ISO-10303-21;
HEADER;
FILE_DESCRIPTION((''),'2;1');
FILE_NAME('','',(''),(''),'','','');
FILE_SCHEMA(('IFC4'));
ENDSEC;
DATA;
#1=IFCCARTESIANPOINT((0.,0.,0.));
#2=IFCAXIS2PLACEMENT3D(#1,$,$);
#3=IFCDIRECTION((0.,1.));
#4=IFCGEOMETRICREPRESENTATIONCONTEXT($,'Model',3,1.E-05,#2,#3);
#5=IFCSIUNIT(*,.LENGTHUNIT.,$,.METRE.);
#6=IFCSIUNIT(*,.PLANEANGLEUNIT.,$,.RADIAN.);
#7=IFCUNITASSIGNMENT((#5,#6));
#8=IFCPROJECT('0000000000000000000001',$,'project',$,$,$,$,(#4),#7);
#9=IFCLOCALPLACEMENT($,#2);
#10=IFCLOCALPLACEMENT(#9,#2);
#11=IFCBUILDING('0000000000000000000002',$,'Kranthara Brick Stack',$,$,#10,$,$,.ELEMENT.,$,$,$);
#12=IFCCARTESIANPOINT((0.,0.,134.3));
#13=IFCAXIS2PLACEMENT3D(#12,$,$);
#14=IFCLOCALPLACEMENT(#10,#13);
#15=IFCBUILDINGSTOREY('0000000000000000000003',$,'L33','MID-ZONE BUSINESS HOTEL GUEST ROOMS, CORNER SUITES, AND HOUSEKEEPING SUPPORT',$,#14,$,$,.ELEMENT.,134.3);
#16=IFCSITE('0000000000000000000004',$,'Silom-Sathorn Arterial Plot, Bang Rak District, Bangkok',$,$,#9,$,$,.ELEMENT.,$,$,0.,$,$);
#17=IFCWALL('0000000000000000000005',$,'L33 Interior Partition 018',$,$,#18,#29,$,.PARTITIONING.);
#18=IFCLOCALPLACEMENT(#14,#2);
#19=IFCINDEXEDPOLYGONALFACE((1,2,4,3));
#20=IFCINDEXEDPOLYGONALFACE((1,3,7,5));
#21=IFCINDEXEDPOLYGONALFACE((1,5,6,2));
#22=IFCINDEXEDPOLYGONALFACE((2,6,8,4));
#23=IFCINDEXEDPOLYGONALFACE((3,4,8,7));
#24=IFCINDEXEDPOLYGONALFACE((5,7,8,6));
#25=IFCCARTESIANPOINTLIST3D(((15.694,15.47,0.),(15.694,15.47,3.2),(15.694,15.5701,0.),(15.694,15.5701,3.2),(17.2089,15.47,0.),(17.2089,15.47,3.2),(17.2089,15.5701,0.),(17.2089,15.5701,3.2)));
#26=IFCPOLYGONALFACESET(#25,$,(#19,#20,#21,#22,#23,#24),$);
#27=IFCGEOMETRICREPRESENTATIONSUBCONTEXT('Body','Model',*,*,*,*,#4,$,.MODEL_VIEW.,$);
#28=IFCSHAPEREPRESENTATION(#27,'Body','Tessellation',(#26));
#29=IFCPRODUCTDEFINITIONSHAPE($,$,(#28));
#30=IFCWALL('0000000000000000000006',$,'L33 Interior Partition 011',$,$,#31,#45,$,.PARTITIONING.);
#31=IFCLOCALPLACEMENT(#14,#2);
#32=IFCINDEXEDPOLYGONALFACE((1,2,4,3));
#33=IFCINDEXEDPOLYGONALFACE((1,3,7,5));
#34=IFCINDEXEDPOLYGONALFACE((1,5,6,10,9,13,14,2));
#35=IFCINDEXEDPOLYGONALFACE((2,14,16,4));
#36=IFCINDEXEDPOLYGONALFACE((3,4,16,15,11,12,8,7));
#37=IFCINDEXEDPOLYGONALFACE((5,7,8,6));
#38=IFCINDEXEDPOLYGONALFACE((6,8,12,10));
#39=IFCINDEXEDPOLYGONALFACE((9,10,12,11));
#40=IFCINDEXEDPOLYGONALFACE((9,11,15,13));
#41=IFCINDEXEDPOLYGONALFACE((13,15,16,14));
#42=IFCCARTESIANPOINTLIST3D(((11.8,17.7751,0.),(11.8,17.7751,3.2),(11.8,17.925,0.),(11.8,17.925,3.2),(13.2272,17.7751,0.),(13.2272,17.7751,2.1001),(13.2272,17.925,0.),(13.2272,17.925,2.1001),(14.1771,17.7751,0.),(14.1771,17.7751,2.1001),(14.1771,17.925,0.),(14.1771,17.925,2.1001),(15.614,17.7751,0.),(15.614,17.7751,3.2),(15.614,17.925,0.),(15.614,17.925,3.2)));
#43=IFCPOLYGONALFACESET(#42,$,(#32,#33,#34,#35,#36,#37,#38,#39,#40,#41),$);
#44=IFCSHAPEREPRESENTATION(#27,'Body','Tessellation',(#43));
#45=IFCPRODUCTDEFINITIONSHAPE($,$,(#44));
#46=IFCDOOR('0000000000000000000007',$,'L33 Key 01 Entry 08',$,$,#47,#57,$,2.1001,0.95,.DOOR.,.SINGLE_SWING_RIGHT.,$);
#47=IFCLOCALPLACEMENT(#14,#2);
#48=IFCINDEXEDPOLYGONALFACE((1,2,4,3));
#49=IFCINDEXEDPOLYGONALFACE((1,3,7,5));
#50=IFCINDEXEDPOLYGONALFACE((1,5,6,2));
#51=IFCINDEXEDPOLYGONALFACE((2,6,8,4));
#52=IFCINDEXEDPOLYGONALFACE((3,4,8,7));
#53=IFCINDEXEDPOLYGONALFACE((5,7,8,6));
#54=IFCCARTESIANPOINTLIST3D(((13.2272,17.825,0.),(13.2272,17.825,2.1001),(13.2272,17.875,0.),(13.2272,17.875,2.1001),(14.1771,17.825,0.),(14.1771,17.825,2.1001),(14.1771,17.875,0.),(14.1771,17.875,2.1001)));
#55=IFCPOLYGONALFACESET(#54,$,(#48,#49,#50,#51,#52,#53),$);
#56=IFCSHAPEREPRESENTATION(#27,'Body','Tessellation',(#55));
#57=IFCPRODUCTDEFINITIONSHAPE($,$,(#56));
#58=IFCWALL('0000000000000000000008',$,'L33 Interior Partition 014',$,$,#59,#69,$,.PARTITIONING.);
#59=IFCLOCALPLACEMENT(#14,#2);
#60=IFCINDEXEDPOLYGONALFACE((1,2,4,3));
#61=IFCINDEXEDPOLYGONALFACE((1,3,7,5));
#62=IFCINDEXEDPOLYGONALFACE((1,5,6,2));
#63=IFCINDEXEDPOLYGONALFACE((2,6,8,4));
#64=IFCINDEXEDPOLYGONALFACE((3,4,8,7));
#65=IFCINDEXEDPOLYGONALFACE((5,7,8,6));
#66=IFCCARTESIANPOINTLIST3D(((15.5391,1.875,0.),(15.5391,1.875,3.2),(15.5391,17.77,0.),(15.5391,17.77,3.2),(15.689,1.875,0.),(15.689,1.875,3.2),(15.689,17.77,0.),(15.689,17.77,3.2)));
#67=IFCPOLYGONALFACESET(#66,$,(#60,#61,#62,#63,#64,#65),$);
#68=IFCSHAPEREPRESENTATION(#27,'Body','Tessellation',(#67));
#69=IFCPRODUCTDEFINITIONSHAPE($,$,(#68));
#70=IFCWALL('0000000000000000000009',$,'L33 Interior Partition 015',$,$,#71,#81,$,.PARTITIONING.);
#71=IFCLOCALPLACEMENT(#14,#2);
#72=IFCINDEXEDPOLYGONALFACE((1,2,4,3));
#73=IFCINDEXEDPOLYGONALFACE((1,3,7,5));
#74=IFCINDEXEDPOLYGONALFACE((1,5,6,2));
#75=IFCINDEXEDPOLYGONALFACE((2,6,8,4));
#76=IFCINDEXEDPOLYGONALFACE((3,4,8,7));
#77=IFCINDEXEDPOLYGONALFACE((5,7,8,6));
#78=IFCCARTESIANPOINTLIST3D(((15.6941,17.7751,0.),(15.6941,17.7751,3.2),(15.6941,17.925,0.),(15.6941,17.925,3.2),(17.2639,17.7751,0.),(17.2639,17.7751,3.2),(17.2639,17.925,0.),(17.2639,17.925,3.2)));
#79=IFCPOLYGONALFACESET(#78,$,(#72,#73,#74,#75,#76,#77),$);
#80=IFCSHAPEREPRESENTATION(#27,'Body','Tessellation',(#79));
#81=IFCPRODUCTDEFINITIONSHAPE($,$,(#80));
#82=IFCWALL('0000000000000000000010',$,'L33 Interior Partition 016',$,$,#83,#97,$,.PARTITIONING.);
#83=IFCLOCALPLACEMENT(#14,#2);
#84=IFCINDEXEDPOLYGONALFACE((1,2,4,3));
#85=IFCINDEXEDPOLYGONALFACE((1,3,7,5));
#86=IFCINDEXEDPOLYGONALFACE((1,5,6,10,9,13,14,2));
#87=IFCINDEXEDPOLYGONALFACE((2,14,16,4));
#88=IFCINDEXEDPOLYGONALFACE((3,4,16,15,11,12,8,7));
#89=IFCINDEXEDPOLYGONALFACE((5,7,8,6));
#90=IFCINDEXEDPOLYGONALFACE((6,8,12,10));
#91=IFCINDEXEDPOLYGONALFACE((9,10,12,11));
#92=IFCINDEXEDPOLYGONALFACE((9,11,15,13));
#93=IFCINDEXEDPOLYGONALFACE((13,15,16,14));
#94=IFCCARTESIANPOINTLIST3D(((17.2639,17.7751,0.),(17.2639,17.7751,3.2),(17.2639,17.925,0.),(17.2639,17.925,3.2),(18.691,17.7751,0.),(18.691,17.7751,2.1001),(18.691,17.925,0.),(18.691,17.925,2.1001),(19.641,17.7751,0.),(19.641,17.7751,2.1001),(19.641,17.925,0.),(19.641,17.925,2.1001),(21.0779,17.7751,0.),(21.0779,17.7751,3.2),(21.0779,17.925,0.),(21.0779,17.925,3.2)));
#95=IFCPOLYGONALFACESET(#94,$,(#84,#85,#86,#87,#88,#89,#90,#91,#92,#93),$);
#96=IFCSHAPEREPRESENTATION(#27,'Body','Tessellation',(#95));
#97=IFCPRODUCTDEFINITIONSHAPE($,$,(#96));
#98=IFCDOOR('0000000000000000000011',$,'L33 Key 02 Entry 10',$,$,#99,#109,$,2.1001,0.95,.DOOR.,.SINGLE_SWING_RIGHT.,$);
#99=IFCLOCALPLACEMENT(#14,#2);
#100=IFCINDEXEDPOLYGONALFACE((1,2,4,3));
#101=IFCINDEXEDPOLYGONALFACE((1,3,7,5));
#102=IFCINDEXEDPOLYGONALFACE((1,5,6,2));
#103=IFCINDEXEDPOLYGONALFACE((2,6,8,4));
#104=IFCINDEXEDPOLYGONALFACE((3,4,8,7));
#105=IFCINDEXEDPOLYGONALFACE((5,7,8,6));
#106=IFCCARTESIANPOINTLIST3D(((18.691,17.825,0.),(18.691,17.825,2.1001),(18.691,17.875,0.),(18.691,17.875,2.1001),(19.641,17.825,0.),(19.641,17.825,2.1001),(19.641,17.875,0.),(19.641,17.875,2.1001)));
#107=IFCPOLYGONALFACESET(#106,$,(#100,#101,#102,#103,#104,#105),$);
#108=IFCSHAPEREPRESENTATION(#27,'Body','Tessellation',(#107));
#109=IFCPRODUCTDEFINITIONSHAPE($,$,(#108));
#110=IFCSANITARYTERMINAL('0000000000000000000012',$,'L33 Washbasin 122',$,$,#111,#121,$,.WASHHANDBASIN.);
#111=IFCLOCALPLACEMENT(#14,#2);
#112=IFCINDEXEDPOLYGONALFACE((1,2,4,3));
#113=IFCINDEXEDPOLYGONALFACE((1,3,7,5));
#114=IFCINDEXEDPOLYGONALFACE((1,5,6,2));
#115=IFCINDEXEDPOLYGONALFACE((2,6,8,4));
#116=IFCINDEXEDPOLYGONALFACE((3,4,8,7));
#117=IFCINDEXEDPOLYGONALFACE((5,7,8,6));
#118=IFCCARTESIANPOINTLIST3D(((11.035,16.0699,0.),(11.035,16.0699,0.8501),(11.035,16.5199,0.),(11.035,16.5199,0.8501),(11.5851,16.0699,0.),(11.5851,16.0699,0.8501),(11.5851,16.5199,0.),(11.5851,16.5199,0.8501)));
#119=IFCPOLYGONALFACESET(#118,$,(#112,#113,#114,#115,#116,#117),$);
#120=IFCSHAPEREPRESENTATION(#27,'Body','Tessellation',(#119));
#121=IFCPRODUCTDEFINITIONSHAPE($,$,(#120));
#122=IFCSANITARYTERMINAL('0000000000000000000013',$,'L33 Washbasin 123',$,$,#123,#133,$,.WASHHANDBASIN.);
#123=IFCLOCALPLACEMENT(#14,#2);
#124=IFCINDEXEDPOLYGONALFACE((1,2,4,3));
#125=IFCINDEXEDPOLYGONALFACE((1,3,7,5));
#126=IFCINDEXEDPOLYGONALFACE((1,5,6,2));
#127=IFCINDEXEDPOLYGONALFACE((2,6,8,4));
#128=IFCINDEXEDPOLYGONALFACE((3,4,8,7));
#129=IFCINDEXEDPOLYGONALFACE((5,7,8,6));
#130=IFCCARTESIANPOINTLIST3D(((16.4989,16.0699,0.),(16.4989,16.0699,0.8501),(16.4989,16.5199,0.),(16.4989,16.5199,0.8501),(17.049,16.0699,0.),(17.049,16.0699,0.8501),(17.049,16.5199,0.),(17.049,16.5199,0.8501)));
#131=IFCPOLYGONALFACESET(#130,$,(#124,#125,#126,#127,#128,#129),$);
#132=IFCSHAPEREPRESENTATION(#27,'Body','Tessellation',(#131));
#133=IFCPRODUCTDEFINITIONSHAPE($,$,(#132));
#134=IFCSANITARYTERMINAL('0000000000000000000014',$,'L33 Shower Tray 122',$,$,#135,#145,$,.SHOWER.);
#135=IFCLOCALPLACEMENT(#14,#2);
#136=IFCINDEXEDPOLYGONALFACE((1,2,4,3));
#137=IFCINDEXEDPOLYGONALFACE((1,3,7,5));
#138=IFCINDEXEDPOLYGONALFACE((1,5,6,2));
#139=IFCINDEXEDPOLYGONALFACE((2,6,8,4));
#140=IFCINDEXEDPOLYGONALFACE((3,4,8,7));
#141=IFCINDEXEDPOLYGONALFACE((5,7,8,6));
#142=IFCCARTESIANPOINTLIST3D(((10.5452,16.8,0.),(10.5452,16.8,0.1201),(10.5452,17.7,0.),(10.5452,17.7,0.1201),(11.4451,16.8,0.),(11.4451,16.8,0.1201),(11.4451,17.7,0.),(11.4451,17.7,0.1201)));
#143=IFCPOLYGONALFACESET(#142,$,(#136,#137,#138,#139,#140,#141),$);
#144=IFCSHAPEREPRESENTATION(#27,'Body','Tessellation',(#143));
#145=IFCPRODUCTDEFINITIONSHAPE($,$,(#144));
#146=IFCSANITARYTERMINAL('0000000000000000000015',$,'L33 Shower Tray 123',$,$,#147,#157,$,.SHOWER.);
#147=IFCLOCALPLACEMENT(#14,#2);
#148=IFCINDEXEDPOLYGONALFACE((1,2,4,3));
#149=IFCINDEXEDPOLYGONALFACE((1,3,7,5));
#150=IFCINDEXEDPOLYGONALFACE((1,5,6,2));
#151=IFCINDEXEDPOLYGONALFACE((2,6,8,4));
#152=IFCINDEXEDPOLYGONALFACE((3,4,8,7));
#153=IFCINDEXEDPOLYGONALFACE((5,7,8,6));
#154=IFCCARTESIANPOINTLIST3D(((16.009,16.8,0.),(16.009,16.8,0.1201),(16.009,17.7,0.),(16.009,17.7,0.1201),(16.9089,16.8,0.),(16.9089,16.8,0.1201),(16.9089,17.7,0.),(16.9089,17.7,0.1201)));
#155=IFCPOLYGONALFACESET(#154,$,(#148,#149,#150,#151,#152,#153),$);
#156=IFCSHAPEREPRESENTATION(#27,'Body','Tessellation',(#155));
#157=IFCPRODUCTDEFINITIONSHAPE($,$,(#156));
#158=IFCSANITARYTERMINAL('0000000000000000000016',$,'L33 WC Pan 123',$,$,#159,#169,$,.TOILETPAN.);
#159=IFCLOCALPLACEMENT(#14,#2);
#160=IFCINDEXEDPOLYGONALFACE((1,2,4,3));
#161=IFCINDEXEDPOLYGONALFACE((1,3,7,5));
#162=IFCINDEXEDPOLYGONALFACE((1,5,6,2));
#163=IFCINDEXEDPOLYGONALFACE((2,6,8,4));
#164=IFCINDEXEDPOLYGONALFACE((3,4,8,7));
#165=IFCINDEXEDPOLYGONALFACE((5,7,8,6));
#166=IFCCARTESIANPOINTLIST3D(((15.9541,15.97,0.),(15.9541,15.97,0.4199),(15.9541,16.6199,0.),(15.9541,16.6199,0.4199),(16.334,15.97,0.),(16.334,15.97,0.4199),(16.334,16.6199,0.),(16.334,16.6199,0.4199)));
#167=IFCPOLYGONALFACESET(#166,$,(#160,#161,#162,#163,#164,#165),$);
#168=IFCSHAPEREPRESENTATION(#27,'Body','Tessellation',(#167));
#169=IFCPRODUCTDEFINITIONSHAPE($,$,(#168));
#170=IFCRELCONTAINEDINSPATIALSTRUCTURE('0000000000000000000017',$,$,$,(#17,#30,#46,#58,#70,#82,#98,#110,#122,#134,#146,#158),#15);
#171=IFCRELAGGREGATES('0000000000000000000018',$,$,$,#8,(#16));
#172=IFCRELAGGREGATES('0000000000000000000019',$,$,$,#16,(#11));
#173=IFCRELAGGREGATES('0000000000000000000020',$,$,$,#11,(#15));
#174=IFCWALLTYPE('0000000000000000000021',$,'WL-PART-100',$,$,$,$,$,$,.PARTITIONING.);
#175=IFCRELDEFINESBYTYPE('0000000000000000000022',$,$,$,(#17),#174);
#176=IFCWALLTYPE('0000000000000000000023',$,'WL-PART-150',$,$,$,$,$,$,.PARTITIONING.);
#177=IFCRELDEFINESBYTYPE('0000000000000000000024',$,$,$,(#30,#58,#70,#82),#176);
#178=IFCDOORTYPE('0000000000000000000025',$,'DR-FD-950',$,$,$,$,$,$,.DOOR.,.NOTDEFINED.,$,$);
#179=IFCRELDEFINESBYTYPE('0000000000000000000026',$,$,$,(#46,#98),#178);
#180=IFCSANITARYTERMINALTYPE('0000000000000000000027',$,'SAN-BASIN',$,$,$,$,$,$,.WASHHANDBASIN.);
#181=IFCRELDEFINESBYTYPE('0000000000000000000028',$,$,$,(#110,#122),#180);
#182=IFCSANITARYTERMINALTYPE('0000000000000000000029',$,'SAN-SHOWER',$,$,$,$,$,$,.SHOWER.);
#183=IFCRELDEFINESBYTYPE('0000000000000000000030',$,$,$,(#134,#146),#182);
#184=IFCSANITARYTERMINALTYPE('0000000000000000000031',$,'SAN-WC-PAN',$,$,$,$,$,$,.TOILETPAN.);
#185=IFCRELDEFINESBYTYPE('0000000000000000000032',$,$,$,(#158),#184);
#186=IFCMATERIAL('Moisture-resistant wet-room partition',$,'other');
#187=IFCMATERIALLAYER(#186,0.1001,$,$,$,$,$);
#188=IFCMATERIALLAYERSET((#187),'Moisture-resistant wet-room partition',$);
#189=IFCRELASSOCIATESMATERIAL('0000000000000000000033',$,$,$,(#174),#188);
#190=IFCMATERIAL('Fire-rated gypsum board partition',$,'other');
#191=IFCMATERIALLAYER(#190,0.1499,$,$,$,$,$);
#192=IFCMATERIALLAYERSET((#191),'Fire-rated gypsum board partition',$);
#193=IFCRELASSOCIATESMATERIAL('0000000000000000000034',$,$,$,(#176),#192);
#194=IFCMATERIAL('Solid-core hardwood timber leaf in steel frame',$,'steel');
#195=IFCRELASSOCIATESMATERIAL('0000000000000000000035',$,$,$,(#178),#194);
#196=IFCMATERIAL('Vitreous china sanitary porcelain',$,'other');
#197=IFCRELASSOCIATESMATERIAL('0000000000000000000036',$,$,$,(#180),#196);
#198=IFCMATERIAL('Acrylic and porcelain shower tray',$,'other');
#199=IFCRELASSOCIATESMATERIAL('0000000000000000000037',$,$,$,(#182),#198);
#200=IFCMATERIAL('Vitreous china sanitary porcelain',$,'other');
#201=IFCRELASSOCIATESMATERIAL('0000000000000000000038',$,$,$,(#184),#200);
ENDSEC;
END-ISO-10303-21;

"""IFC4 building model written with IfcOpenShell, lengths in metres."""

from ifc_helpers import new_model, si_unit, direction, frame, frame_2d, origin, origin_2d, place, context, subcontext, project, spatial, rectangle, extrude, material, layer, layer_set, type_object, element, fill, save


model = new_model("IFC4")

# Units and contexts
model_context = context("Model", 3, precision=1e-05, world=origin(), true_north=direction((0.0, 1.0)))
body_context = subcontext(model_context, "Body", "Model", "MODEL_VIEW")
ifc_project = project(units=[si_unit("LENGTHUNIT", "METRE"), si_unit("PLANEANGLEUNIT", "RADIAN")], contexts=[model_context])

# Site, building, storey
site_placement = place(None, origin())
site = spatial("IfcSite", under=ifc_project, at=site_placement, Name="Silom-Sathorn Arterial Plot, Bang Rak District, Bangkok", CompositionType="ELEMENT", RefElevation=0.0)
building_placement = place(site_placement, origin())
building = spatial("IfcBuilding", under=site, at=building_placement, Name="Kranthara Brick Stack", CompositionType="ELEMENT")
storey_placement = place(building_placement, frame((0.0, 0.0, 134.3)))
storey = spatial("IfcBuildingStorey", under=building, at=storey_placement, Name="L33", Description="MID-ZONE BUSINESS HOTEL GUEST ROOMS, CORNER SUITES, AND HOUSEKEEPING SUPPORT", CompositionType="ELEMENT", Elevation=134.3)

# Shared definitions
ifc_material_1 = material(Name="Moisture-resistant wet-room partition", Category="other")
ifc_layer_1 = layer(ifc_material_1, 0.1001)
ifc_layer_set_1 = layer_set([ifc_layer_1], Name="Moisture-resistant wet-room partition")
wall_type_1 = type_object("IfcWallType", Name="WL-PART-100", PredefinedType="PARTITIONING", material=ifc_layer_set_1)

# Wall
wall_1_placement = place(storey_placement, frame((15.6941, 15.52, 0.0), z_axis=(0.0, 0.0, 1.0), x_axis=(1.0, 0.0, 0.0)))
element("IfcWall", 1, at=wall_1_placement, inside=storey, type_object=wall_type_1, Name="L33 Interior Partition 018", PredefinedType="PARTITIONING", context=body_context, shape_type="SweptSolid", body=[
    extrude(rectangle(XDim=1.5149, YDim=0.1001, at=frame_2d((0.7573, 0.0))), origin(), (0.0, 0.0, 1.0), 3.2),
])

# Wall, opening, door
ifc_material_2 = material(Name="Fire-rated gypsum board partition", Category="other")
ifc_layer_2 = layer(ifc_material_2, 0.1499)
ifc_layer_set_2 = layer_set([ifc_layer_2], Name="Fire-rated gypsum board partition")
wall_type_2 = type_object("IfcWallType", Name="WL-PART-150", PredefinedType="PARTITIONING", material=ifc_layer_set_2)
wall_2_placement = place(storey_placement, frame((11.8, 17.8501, 0.0), z_axis=(0.0, 0.0, 1.0), x_axis=(1.0, 0.0, 0.0)))
wall_2 = element("IfcWall", 2, at=wall_2_placement, inside=storey, type_object=wall_type_2, Name="L33 Interior Partition 011", PredefinedType="PARTITIONING", context=body_context, shape_type="SweptSolid", body=[
    extrude(rectangle(XDim=3.814, YDim=0.1499, at=frame_2d((1.907, 0.0))), origin(), (0.0, 0.0, 1.0), 3.2),
])
opening_1_placement = place(wall_2_placement, frame((1.427, 0.0, 0.0)))
opening_1 = element("IfcOpeningElement", 3, at=opening_1_placement, cuts=wall_2, PredefinedType="OPENING", context=body_context, shape_type="SweptSolid", body=[
    extrude(rectangle(XDim=0.95, YDim=2.1001, at=frame_2d((0.4751, 1.05))), frame((0.0, 0.085, 0.0), z_axis=(0.0, -1.0, 0.0), x_axis=(1.0, 0.0, 0.0)), (0.0, 0.0, 1.0), 0.1699),
])
ifc_material_3 = material(Name="Solid-core hardwood timber leaf in steel frame", Category="steel")
door_type_1 = type_object("IfcDoorType", Name="DR-FD-950", OperationType="NOTDEFINED", PredefinedType="DOOR", material=ifc_material_3)
door_1_placement = place(opening_1_placement, origin())
door_1 = element("IfcDoor", 4, at=door_1_placement, inside=storey, type_object=door_type_1, Name="L33 Key 01 Entry 08", OperationType="SINGLE_SWING_RIGHT", OverallHeight=2.1001, OverallWidth=0.95, PredefinedType="DOOR", context=body_context, shape_type="SweptSolid", body=[
    extrude(rectangle(XDim=0.95, YDim=2.1001, at=frame_2d((0.4751, 1.05))), frame((0.0, 0.0249, 0.0), z_axis=(0.0, -1.0, 0.0), x_axis=(1.0, 0.0, 0.0)), (0.0, 0.0, 1.0), 0.05),
])
fill(opening_1, door_1)

# Walls
wall_3_placement = place(storey_placement, frame((15.614, 1.875, 0.0), z_axis=(0.0, 0.0, 1.0), x_axis=(0.0, 1.0, 0.0)))
element("IfcWall", 5, at=wall_3_placement, inside=storey, type_object=wall_type_2, Name="L33 Interior Partition 014", PredefinedType="PARTITIONING", context=body_context, shape_type="SweptSolid", body=[
    extrude(rectangle(XDim=15.895, YDim=0.1499, at=frame_2d((7.9475, 0.0))), origin(), (0.0, 0.0, 1.0), 3.2),
])
wall_4_placement = place(storey_placement, frame((15.6941, 17.8501, 0.0), z_axis=(0.0, 0.0, 1.0), x_axis=(1.0, 0.0, 0.0)))
element("IfcWall", 6, at=wall_4_placement, inside=storey, type_object=wall_type_2, Name="L33 Interior Partition 015", PredefinedType="PARTITIONING", context=body_context, shape_type="SweptSolid", body=[
    extrude(rectangle(XDim=1.5698, YDim=0.1499, at=frame_2d((0.7849, 0.0))), origin(), (0.0, 0.0, 1.0), 3.2),
])

# Wall, opening, door
wall_5_placement = place(storey_placement, frame((17.2639, 17.8501, 0.0), z_axis=(0.0, 0.0, 1.0), x_axis=(1.0, 0.0, 0.0)))
wall_5 = element("IfcWall", 7, at=wall_5_placement, inside=storey, type_object=wall_type_2, Name="L33 Interior Partition 016", PredefinedType="PARTITIONING", context=body_context, shape_type="SweptSolid", body=[
    extrude(rectangle(XDim=3.814, YDim=0.1499, at=frame_2d((1.907, 0.0))), origin(), (0.0, 0.0, 1.0), 3.2),
])
opening_2_placement = place(wall_5_placement, frame((1.427, 0.0, 0.0)))
opening_2 = element("IfcOpeningElement", 8, at=opening_2_placement, cuts=wall_5, PredefinedType="OPENING", context=body_context, shape_type="SweptSolid", body=[
    extrude(rectangle(XDim=0.95, YDim=2.1001, at=frame_2d((0.4751, 1.05))), frame((0.0, 0.085, 0.0), z_axis=(0.0, -1.0, 0.0), x_axis=(1.0, 0.0, 0.0)), (0.0, 0.0, 1.0), 0.1699),
])
door_2_placement = place(opening_2_placement, origin())
door_2 = element("IfcDoor", 9, at=door_2_placement, inside=storey, type_object=door_type_1, Name="L33 Key 02 Entry 10", OperationType="SINGLE_SWING_RIGHT", OverallHeight=2.1001, OverallWidth=0.95, PredefinedType="DOOR", context=body_context, shape_type="SweptSolid", body=[
    extrude(rectangle(XDim=0.95, YDim=2.1001, at=frame_2d((0.4751, 1.05))), frame((0.0, 0.0249, 0.0), z_axis=(0.0, -1.0, 0.0), x_axis=(1.0, 0.0, 0.0)), (0.0, 0.0, 1.0), 0.05),
])
fill(opening_2, door_2)

# Sanitary terminals
ifc_material_4 = material(Name="Vitreous china sanitary porcelain", Category="other")
sanitary_terminal_type_1 = type_object("IfcSanitaryTerminalType", Name="SAN-BASIN", PredefinedType="WASHHANDBASIN", material=ifc_material_4)
for number, where, z_axis, x_axis, name in (
    (10, (11.3101, 16.2949, 0.0), (0.0, 0.0, 1.0), (1.0, 0.0, 0.0), "L33 Washbasin 122"),
    (11, (16.7739, 16.2949, 0.0), (0.0, 0.0, 1.0), (1.0, 0.0, 0.0), "L33 Washbasin 123"),
):
    element("IfcSanitaryTerminal", number, at=place(storey_placement, frame(where, z_axis=z_axis, x_axis=x_axis)), inside=storey, type_object=sanitary_terminal_type_1, Name=name, PredefinedType="WASHHANDBASIN", context=body_context, shape_type="SweptSolid", body=[
        extrude(rectangle(XDim=0.55, YDim=0.45, at=origin_2d()), origin(), (0.0, 0.0, 1.0), 0.8501),
    ])
ifc_material_5 = material(Name="Acrylic and porcelain shower tray", Category="other")
sanitary_terminal_type_2 = type_object("IfcSanitaryTerminalType", Name="SAN-SHOWER", PredefinedType="SHOWER", material=ifc_material_5)
for number, where, z_axis, x_axis, name in (
    (12, (10.9951, 17.25, 0.0), (0.0, 0.0, 1.0), (1.0, 0.0, 0.0), "L33 Shower Tray 122"),
    (13, (16.459, 17.25, 0.0), (0.0, 0.0, 1.0), (1.0, 0.0, 0.0), "L33 Shower Tray 123"),
):
    element("IfcSanitaryTerminal", number, at=place(storey_placement, frame(where, z_axis=z_axis, x_axis=x_axis)), inside=storey, type_object=sanitary_terminal_type_2, Name=name, PredefinedType="SHOWER", context=body_context, shape_type="SweptSolid", body=[
        extrude(rectangle(XDim=0.8999, YDim=0.8999, at=origin_2d()), origin(), (0.0, 0.0, 1.0), 0.1201),
    ])
ifc_material_6 = material(Name="Vitreous china sanitary porcelain", Category="other")
sanitary_terminal_type_3 = type_object("IfcSanitaryTerminalType", Name="SAN-WC-PAN", PredefinedType="TOILETPAN", material=ifc_material_6)
sanitary_terminal_placement = place(storey_placement, frame((16.144, 16.2949, 0.0), z_axis=(0.0, 0.0, 1.0), x_axis=(1.0, 0.0, 0.0)))
element("IfcSanitaryTerminal", 14, at=sanitary_terminal_placement, inside=storey, type_object=sanitary_terminal_type_3, Name="L33 WC Pan 123", PredefinedType="TOILETPAN", context=body_context, shape_type="SweptSolid", body=[
    extrude(rectangle(XDim=0.3799, YDim=0.6499, at=origin_2d()), origin(), (0.0, 0.0, 1.0), 0.4199),
])

save(model, "model.ifc")
